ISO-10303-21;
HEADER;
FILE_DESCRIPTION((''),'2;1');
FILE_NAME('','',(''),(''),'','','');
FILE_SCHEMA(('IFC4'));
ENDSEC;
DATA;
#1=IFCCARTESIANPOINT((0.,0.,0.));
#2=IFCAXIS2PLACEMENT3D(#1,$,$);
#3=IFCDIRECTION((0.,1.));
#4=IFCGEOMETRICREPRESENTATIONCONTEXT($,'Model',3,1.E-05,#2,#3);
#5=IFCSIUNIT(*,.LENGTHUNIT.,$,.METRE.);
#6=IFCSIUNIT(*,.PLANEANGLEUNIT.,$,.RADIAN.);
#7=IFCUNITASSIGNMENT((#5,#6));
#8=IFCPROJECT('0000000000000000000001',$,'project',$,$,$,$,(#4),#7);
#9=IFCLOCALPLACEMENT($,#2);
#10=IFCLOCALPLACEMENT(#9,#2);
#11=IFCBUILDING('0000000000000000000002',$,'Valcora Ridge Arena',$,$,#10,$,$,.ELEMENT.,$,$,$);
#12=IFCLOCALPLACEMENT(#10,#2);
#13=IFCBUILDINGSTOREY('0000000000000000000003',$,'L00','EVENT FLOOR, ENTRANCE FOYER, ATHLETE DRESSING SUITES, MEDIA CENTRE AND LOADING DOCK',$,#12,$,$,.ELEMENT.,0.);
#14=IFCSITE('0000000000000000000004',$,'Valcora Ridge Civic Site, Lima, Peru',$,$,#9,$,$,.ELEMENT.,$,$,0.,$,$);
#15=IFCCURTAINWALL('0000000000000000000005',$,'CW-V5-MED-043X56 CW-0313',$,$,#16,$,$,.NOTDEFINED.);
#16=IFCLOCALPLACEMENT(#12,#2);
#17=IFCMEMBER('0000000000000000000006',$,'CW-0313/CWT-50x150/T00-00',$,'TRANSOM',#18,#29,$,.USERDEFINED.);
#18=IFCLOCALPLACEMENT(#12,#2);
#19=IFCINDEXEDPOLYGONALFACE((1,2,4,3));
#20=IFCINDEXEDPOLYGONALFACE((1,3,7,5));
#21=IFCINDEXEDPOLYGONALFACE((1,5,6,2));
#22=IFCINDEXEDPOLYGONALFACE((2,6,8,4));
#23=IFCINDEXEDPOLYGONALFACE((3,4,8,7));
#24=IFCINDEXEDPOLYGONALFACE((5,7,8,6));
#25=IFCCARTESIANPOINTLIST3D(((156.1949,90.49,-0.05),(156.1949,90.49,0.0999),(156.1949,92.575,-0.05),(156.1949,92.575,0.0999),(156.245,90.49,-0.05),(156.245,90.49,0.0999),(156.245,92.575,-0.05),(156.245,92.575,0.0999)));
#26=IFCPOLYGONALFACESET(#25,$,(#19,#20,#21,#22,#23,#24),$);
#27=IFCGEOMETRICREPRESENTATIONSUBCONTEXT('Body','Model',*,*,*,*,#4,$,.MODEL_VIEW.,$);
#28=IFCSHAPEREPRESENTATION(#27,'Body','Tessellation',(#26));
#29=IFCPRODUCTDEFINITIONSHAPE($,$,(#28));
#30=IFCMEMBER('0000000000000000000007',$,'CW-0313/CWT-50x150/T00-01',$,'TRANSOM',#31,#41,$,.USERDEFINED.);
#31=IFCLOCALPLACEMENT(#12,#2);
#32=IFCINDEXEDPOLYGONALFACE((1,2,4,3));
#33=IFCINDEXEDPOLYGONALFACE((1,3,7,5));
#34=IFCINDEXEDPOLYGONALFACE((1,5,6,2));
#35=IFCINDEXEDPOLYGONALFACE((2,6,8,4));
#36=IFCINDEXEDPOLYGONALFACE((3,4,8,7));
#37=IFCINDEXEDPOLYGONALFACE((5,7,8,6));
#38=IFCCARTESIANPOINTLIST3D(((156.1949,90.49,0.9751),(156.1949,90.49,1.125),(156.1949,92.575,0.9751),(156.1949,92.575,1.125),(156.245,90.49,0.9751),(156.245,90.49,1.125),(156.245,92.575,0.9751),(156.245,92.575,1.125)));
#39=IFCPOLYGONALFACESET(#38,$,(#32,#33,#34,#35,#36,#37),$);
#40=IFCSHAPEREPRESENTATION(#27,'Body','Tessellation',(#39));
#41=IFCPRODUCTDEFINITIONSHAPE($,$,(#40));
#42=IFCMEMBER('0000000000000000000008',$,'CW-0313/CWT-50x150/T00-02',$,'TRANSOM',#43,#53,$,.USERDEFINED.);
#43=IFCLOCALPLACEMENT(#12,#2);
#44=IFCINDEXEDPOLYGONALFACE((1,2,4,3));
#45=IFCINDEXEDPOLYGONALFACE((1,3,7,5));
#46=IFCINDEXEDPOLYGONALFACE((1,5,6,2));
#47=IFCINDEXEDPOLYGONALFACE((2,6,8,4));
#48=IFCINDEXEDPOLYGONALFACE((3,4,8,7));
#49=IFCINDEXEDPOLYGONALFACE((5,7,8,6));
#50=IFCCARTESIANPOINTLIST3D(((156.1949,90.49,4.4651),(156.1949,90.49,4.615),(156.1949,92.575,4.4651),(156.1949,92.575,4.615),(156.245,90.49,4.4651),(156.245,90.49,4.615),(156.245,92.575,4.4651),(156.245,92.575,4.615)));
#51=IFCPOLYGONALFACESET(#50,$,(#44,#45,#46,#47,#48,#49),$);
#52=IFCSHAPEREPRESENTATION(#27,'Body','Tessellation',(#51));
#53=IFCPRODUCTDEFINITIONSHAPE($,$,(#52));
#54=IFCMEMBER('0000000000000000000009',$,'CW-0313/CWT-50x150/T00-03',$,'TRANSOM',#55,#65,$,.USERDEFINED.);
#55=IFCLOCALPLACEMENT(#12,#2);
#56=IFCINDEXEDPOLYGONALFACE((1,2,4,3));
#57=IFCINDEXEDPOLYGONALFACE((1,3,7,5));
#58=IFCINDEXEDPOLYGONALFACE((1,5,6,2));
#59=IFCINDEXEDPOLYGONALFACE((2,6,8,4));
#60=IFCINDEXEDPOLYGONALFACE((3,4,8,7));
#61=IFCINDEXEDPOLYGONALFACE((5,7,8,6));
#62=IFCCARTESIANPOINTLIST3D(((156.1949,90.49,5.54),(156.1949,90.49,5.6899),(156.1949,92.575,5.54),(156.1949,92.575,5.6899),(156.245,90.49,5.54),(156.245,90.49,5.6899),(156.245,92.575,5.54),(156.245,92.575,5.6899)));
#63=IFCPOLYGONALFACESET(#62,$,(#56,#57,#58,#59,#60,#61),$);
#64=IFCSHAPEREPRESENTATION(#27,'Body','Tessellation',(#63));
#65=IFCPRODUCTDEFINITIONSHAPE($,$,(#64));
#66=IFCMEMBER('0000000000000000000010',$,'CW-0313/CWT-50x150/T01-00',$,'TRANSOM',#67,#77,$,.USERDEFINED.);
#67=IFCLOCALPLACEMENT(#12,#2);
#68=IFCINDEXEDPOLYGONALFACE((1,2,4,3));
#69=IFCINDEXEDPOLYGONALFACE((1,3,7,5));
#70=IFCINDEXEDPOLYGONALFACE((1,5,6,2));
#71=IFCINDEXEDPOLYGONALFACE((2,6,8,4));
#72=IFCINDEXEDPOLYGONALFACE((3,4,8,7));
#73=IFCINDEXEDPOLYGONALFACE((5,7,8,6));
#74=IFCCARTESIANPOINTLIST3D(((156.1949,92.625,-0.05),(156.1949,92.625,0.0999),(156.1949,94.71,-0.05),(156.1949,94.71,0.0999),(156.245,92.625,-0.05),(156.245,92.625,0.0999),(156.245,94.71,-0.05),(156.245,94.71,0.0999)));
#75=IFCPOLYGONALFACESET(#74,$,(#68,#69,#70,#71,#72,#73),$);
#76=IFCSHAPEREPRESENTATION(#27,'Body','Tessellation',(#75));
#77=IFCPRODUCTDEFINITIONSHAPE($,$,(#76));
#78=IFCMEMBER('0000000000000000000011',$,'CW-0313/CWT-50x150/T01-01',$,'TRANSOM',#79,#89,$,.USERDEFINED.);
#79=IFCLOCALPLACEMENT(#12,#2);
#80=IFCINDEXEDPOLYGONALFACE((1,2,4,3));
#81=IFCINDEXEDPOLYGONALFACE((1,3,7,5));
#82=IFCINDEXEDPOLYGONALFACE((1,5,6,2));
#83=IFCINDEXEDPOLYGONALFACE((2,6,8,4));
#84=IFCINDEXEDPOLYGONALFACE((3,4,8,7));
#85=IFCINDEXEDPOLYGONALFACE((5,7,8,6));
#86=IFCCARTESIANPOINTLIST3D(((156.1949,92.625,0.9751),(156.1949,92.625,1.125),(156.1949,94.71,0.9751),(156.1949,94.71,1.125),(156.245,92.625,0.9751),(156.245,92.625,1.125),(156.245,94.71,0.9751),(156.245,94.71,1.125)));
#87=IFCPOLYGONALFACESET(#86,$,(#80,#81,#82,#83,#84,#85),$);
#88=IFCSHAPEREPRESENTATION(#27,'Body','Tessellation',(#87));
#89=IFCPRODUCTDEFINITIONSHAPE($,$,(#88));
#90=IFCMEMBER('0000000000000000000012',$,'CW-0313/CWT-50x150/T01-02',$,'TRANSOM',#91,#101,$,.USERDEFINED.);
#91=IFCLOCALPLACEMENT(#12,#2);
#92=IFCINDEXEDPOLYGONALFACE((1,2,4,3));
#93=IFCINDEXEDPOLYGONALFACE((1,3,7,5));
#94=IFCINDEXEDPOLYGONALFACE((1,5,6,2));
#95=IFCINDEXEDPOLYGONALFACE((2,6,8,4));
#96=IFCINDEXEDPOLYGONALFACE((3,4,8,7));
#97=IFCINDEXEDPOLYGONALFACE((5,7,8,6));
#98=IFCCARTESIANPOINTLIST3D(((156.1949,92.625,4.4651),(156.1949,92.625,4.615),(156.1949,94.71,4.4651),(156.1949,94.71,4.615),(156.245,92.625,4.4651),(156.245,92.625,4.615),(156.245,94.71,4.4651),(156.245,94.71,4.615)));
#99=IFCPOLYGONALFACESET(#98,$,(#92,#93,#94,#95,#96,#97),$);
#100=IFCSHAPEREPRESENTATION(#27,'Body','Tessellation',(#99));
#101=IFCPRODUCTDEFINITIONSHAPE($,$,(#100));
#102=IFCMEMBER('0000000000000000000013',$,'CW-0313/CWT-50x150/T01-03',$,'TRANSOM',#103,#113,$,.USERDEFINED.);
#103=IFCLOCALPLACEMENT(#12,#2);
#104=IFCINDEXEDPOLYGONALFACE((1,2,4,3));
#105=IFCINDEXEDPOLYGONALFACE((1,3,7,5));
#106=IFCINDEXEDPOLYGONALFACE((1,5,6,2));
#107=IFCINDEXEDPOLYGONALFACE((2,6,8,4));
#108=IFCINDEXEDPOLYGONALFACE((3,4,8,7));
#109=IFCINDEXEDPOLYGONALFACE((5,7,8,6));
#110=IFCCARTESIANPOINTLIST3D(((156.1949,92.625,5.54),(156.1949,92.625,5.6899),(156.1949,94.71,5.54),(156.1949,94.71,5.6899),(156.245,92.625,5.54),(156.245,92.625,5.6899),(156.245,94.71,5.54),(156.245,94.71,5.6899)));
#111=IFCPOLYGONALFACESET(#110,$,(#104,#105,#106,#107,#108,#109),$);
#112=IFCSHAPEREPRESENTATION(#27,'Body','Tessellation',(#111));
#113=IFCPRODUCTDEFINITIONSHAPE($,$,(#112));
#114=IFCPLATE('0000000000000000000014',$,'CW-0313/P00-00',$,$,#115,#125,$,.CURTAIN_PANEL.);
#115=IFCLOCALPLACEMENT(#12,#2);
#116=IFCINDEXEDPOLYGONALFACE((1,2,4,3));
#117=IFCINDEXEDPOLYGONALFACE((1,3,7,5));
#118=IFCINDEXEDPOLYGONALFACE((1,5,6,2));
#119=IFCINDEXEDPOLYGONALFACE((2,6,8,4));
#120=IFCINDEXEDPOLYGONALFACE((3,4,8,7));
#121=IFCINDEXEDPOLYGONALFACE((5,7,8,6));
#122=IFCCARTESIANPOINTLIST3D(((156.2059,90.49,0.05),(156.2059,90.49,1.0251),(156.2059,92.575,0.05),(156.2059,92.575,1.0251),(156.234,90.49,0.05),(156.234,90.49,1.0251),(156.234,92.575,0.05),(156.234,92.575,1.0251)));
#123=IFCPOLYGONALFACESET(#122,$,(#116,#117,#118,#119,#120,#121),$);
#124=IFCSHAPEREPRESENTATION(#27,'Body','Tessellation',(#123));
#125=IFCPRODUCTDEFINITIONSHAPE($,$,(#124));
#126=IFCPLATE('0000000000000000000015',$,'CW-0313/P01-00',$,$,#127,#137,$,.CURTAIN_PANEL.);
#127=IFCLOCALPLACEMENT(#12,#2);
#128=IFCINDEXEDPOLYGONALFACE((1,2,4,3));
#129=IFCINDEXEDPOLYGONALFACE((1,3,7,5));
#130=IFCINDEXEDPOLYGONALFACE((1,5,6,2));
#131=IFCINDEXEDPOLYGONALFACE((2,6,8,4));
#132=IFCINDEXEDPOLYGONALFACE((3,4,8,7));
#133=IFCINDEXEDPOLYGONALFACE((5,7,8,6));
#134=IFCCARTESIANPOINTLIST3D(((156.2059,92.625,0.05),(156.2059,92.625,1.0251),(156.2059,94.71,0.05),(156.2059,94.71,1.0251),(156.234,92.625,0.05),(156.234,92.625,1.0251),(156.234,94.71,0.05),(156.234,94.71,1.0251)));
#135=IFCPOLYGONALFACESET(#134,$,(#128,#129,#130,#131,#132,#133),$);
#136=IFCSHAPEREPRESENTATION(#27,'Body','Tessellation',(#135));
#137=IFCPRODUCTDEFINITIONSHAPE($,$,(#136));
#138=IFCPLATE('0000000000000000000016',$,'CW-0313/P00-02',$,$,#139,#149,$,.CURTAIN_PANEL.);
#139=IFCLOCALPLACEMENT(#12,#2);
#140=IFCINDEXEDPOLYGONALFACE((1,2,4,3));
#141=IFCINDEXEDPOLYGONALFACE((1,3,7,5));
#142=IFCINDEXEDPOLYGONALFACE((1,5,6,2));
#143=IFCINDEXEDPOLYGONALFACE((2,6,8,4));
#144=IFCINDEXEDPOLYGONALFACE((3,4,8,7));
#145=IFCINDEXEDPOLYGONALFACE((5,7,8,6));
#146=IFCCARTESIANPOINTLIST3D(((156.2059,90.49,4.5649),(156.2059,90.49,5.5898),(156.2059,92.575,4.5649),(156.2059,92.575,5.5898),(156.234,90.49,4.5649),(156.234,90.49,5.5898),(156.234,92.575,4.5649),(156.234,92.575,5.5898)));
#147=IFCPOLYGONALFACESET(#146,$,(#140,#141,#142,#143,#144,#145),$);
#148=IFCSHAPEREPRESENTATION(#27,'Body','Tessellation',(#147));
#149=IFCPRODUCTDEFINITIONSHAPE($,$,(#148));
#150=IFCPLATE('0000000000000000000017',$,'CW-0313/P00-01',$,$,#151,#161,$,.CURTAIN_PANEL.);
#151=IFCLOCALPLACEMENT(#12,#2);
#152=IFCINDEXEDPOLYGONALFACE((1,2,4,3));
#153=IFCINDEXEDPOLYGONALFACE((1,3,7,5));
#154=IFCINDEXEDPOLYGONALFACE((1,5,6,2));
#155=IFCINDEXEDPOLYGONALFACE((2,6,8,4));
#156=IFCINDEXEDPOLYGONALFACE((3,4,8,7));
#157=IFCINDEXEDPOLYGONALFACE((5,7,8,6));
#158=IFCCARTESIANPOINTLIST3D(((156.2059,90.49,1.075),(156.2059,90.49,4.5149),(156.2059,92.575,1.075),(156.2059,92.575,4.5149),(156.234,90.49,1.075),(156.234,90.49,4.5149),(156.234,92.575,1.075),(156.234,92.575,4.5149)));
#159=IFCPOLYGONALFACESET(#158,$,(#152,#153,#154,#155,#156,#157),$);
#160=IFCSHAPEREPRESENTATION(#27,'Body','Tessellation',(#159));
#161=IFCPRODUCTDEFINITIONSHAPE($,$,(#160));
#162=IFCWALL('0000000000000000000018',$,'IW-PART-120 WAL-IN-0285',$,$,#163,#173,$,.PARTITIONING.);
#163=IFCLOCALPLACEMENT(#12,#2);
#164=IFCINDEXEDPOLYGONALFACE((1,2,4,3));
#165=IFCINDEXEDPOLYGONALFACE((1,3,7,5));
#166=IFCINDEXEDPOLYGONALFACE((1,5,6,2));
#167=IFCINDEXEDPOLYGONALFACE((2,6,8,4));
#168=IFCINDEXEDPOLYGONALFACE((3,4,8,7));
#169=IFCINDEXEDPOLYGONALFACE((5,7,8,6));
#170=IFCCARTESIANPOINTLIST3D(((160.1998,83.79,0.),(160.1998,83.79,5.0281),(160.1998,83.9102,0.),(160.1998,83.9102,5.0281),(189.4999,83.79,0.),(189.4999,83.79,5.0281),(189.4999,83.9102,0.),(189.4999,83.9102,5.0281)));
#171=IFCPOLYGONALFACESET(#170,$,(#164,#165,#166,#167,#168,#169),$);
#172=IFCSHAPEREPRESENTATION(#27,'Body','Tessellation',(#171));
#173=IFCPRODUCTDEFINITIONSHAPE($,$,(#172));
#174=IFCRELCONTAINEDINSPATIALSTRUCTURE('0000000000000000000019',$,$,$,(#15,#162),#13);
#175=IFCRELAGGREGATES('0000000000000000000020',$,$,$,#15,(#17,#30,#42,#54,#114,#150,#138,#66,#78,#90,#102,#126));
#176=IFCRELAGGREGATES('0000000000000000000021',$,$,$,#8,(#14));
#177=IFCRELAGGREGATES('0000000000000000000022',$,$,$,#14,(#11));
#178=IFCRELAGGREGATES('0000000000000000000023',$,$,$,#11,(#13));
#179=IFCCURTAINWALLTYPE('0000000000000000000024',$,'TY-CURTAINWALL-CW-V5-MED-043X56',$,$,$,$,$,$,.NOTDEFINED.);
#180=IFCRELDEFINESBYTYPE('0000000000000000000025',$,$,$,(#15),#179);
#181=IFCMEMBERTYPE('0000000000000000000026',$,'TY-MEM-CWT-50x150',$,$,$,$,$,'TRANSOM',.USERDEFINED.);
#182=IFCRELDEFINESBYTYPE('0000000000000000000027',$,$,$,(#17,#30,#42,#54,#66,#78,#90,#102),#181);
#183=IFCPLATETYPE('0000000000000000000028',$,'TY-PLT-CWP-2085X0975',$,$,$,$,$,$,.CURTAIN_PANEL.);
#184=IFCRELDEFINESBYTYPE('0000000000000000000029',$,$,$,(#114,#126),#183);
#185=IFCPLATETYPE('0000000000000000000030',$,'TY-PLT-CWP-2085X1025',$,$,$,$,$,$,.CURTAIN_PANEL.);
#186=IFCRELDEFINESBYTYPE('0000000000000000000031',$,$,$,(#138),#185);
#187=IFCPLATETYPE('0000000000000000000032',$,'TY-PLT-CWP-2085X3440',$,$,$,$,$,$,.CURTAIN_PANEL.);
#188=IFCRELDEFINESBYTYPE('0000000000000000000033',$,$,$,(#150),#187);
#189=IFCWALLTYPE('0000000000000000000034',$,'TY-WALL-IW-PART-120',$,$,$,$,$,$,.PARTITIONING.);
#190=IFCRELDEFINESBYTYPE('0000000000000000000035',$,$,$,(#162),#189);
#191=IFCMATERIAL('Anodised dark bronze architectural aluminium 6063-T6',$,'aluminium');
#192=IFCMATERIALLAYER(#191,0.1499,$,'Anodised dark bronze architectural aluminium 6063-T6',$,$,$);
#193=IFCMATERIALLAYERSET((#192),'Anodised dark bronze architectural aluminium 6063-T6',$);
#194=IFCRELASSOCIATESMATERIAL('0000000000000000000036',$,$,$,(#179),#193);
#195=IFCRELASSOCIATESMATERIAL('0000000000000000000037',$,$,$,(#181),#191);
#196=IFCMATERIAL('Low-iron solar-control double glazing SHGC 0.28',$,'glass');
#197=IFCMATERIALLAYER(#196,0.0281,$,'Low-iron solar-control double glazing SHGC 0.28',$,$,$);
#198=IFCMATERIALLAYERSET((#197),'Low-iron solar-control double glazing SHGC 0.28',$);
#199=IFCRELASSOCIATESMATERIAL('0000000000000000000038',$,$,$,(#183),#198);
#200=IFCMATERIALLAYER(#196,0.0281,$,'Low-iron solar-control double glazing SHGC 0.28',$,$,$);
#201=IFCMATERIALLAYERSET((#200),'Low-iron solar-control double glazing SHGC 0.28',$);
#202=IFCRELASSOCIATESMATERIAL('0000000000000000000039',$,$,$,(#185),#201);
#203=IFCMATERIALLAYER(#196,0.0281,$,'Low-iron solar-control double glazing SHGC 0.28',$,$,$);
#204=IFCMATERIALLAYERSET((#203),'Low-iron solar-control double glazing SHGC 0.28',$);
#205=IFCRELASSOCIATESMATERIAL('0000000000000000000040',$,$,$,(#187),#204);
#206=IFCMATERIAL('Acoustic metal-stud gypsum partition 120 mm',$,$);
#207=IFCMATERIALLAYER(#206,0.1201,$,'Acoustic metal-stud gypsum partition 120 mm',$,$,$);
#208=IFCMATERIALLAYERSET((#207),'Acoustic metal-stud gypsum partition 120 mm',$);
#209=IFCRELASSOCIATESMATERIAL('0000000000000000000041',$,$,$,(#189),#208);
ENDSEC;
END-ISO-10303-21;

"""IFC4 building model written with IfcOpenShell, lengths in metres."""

from ifc_helpers import new_model, si_unit, direction, frame, frame_2d, origin, origin_2d, place, context, subcontext, project, spatial, rectangle, extrude, material, layer, layer_set, material_profile, profile_set, type_object, element, aggregate, save


model = new_model("IFC4")

# Units and contexts
model_context = context("Model", 3, precision=1e-05, world=origin(), true_north=direction((0.0, 1.0)))
body_context = subcontext(model_context, "Body", "Model", "MODEL_VIEW")
ifc_project = project(units=[si_unit("LENGTHUNIT", "METRE"), si_unit("PLANEANGLEUNIT", "RADIAN")], contexts=[model_context])

# Site, building, storey
site_placement = place(None, origin())
site = spatial("IfcSite", under=ifc_project, at=site_placement, Name="Valcora Ridge Civic Site, Lima, Peru", CompositionType="ELEMENT", RefElevation=0.0)
building_placement = place(site_placement, origin())
building = spatial("IfcBuilding", under=site, at=building_placement, Name="Valcora Ridge Arena", CompositionType="ELEMENT")
storey_placement = place(building_placement, origin())
storey = spatial("IfcBuildingStorey", under=building, at=storey_placement, Name="L00", Description="EVENT FLOOR, ENTRANCE FOYER, ATHLETE DRESSING SUITES, MEDIA CENTRE AND LOADING DOCK", CompositionType="ELEMENT", Elevation=0.0)

# Curtain wall, members, plates
ifc_material_1 = material(Name="Anodised dark bronze architectural aluminium 6063-T6", Category="aluminium")
ifc_layer_1 = layer(ifc_material_1, 0.1499, Name="Anodised dark bronze architectural aluminium 6063-T6")
ifc_layer_set_1 = layer_set([ifc_layer_1], Name="Anodised dark bronze architectural aluminium 6063-T6")
curtain_wall_type = type_object("IfcCurtainWallType", Name="TY-CURTAINWALL-CW-V5-MED-043X56", PredefinedType="NOTDEFINED", material=ifc_layer_set_1)
curtain_wall_placement = place(storey_placement, origin())
curtain_wall = element("IfcCurtainWall", 1, at=curtain_wall_placement, inside=storey, type_object=curtain_wall_type, Name="CW-V5-MED-043X56 CW-0313", PredefinedType="NOTDEFINED")
ifc_material_profile_1 = material_profile(ifc_material_1, rectangle(XDim=0.05, YDim=0.1499, at=origin_2d()), Name="ALU TRANSOM 50x150")
ifc_profile_set_1 = profile_set([ifc_material_profile_1], Name="Anodised dark bronze architectural aluminium 6063-T6")
member_type_1 = type_object("IfcMemberType", Name="TY-MEM-CWT-50x150", ElementType="TRANSOM", PredefinedType="USERDEFINED", material=ifc_profile_set_1)
member_1_placement = place(storey_placement, frame((156.22, 90.49, 0.0249), z_axis=(0.0, 1.0, 0.0), x_axis=(-1.0, 0.0, 0.0)))
member_1 = element("IfcMember", 2, at=member_1_placement, type_object=member_type_1, Name="CW-0313/CWT-50x150/T00-00", ObjectType="TRANSOM", PredefinedType="USERDEFINED", context=body_context, shape_type="SweptSolid", body=[
    extrude(rectangle(XDim=0.05, YDim=0.1499, at=origin_2d()), origin(), (0.0, 0.0, 1.0), 2.085),
])
member_2_placement = place(storey_placement, frame((156.22, 90.49, 1.05), z_axis=(0.0, 1.0, 0.0), x_axis=(-1.0, 0.0, 0.0)))
member_2 = element("IfcMember", 3, at=member_2_placement, type_object=member_type_1, Name="CW-0313/CWT-50x150/T00-01", ObjectType="TRANSOM", PredefinedType="USERDEFINED", context=body_context, shape_type="SweptSolid", body=[
    extrude(rectangle(XDim=0.05, YDim=0.1499, at=origin_2d()), origin(), (0.0, 0.0, 1.0), 2.085),
])
member_3_placement = place(storey_placement, frame((156.22, 90.49, 4.54), z_axis=(0.0, 1.0, 0.0), x_axis=(-1.0, 0.0, 0.0)))
member_3 = element("IfcMember", 4, at=member_3_placement, type_object=member_type_1, Name="CW-0313/CWT-50x150/T00-02", ObjectType="TRANSOM", PredefinedType="USERDEFINED", context=body_context, shape_type="SweptSolid", body=[
    extrude(rectangle(XDim=0.05, YDim=0.1499, at=origin_2d()), origin(), (0.0, 0.0, 1.0), 2.085),
])
member_4_placement = place(storey_placement, frame((156.22, 90.49, 5.615), z_axis=(0.0, 1.0, 0.0), x_axis=(-1.0, 0.0, 0.0)))
member_4 = element("IfcMember", 5, at=member_4_placement, type_object=member_type_1, Name="CW-0313/CWT-50x150/T00-03", ObjectType="TRANSOM", PredefinedType="USERDEFINED", context=body_context, shape_type="SweptSolid", body=[
    extrude(rectangle(XDim=0.05, YDim=0.1499, at=origin_2d()), origin(), (0.0, 0.0, 1.0), 2.085),
])
member_5_placement = place(storey_placement, frame((156.22, 92.625, 0.0249), z_axis=(0.0, 1.0, 0.0), x_axis=(-1.0, 0.0, 0.0)))
member_5 = element("IfcMember", 6, at=member_5_placement, type_object=member_type_1, Name="CW-0313/CWT-50x150/T01-00", ObjectType="TRANSOM", PredefinedType="USERDEFINED", context=body_context, shape_type="SweptSolid", body=[
    extrude(rectangle(XDim=0.05, YDim=0.1499, at=origin_2d()), origin(), (0.0, 0.0, 1.0), 2.085),
])
member_6_placement = place(storey_placement, frame((156.22, 92.625, 1.05), z_axis=(0.0, 1.0, 0.0), x_axis=(-1.0, 0.0, 0.0)))
member_6 = element("IfcMember", 7, at=member_6_placement, type_object=member_type_1, Name="CW-0313/CWT-50x150/T01-01", ObjectType="TRANSOM", PredefinedType="USERDEFINED", context=body_context, shape_type="SweptSolid", body=[
    extrude(rectangle(XDim=0.05, YDim=0.1499, at=origin_2d()), origin(), (0.0, 0.0, 1.0), 2.085),
])
member_7_placement = place(storey_placement, frame((156.22, 92.625, 4.54), z_axis=(0.0, 1.0, 0.0), x_axis=(-1.0, 0.0, 0.0)))
member_7 = element("IfcMember", 8, at=member_7_placement, type_object=member_type_1, Name="CW-0313/CWT-50x150/T01-02", ObjectType="TRANSOM", PredefinedType="USERDEFINED", context=body_context, shape_type="SweptSolid", body=[
    extrude(rectangle(XDim=0.05, YDim=0.1499, at=origin_2d()), origin(), (0.0, 0.0, 1.0), 2.085),
])
member_8_placement = place(storey_placement, frame((156.22, 92.625, 5.615), z_axis=(0.0, 1.0, 0.0), x_axis=(-1.0, 0.0, 0.0)))
member_8 = element("IfcMember", 9, at=member_8_placement, type_object=member_type_1, Name="CW-0313/CWT-50x150/T01-03", ObjectType="TRANSOM", PredefinedType="USERDEFINED", context=body_context, shape_type="SweptSolid", body=[
    extrude(rectangle(XDim=0.05, YDim=0.1499, at=origin_2d()), origin(), (0.0, 0.0, 1.0), 2.085),
])
ifc_material_2 = material(Name="Low-iron solar-control double glazing SHGC 0.28", Category="glass")
ifc_layer_2 = layer(ifc_material_2, 0.0281, Name="Low-iron solar-control double glazing SHGC 0.28")
ifc_layer_set_2 = layer_set([ifc_layer_2], Name="Low-iron solar-control double glazing SHGC 0.28")
plate_type_1 = type_object("IfcPlateType", Name="TY-PLT-CWP-2085X0975", PredefinedType="CURTAIN_PANEL", material=ifc_layer_set_2)
plate_1_placement = place(storey_placement, frame((156.22, 91.5325, 0.05), z_axis=(0.0, 0.0, 1.0), x_axis=(0.0, 1.0, 0.0)))
plate_1 = element("IfcPlate", 10, at=plate_1_placement, type_object=plate_type_1, Name="CW-0313/P00-00", PredefinedType="CURTAIN_PANEL", context=body_context, shape_type="SweptSolid", body=[
    extrude(rectangle(XDim=2.085, YDim=0.0281, at=origin_2d()), origin(), (0.0, 0.0, 1.0), 0.9751),
])
plate_2_placement = place(storey_placement, frame((156.22, 93.6675, 0.05), z_axis=(0.0, 0.0, 1.0), x_axis=(0.0, 1.0, 0.0)))
plate_2 = element("IfcPlate", 11, at=plate_2_placement, type_object=plate_type_1, Name="CW-0313/P01-00", PredefinedType="CURTAIN_PANEL", context=body_context, shape_type="SweptSolid", body=[
    extrude(rectangle(XDim=2.085, YDim=0.0281, at=origin_2d()), origin(), (0.0, 0.0, 1.0), 0.9751),
])
ifc_layer_3 = layer(ifc_material_2, 0.0281, Name="Low-iron solar-control double glazing SHGC 0.28")
ifc_layer_set_3 = layer_set([ifc_layer_3], Name="Low-iron solar-control double glazing SHGC 0.28")
plate_type_2 = type_object("IfcPlateType", Name="TY-PLT-CWP-2085X1025", PredefinedType="CURTAIN_PANEL", material=ifc_layer_set_3)
plate_3_placement = place(storey_placement, frame((156.22, 91.5325, 4.5649), z_axis=(0.0, 0.0, 1.0), x_axis=(0.0, 1.0, 0.0)))
plate_3 = element("IfcPlate", 12, at=plate_3_placement, type_object=plate_type_2, Name="CW-0313/P00-02", PredefinedType="CURTAIN_PANEL", context=body_context, shape_type="SweptSolid", body=[
    extrude(rectangle(XDim=2.085, YDim=0.0281, at=origin_2d()), origin(), (0.0, 0.0, 1.0), 1.0249),
])
ifc_layer_4 = layer(ifc_material_2, 0.0281, Name="Low-iron solar-control double glazing SHGC 0.28")
ifc_layer_set_4 = layer_set([ifc_layer_4], Name="Low-iron solar-control double glazing SHGC 0.28")
plate_type_3 = type_object("IfcPlateType", Name="TY-PLT-CWP-2085X3440", PredefinedType="CURTAIN_PANEL", material=ifc_layer_set_4)
plate_4_placement = place(storey_placement, frame((156.22, 91.5325, 1.075), z_axis=(0.0, 0.0, 1.0), x_axis=(0.0, 1.0, 0.0)))
plate_4 = element("IfcPlate", 13, at=plate_4_placement, type_object=plate_type_3, Name="CW-0313/P00-01", PredefinedType="CURTAIN_PANEL", context=body_context, shape_type="SweptSolid", body=[
    extrude(rectangle(XDim=2.085, YDim=0.0281, at=origin_2d()), origin(), (0.0, 0.0, 1.0), 3.4399),
])
aggregate(curtain_wall, [member_1, member_2, member_3, member_4, plate_1, plate_4, plate_3, member_5, member_6, member_7, member_8, plate_2])

# Wall
ifc_material_3 = material(Name="Acoustic metal-stud gypsum partition 120 mm")
ifc_layer_5 = layer(ifc_material_3, 0.1201, Name="Acoustic metal-stud gypsum partition 120 mm")
ifc_layer_set_5 = layer_set([ifc_layer_5], Name="Acoustic metal-stud gypsum partition 120 mm")
wall_type = type_object("IfcWallType", Name="TY-WALL-IW-PART-120", PredefinedType="PARTITIONING", material=ifc_layer_set_5)
wall_1_placement = place(storey_placement, frame((160.2, 83.8501, 0.0), z_axis=(0.0, 0.0, 1.0), x_axis=(1.0, 0.0, 0.0)))
element("IfcWall", 14, at=wall_1_placement, inside=storey, type_object=wall_type, Name="IW-PART-120 WAL-IN-0285", PredefinedType="PARTITIONING", context=body_context, shape_type="SweptSolid", body=[
    extrude(rectangle(XDim=29.3, YDim=0.1201, at=frame_2d((14.6499, 0.0))), origin(), (0.0, 0.0, 1.0), 5.0281),
])

save(model, "model.ifc")
